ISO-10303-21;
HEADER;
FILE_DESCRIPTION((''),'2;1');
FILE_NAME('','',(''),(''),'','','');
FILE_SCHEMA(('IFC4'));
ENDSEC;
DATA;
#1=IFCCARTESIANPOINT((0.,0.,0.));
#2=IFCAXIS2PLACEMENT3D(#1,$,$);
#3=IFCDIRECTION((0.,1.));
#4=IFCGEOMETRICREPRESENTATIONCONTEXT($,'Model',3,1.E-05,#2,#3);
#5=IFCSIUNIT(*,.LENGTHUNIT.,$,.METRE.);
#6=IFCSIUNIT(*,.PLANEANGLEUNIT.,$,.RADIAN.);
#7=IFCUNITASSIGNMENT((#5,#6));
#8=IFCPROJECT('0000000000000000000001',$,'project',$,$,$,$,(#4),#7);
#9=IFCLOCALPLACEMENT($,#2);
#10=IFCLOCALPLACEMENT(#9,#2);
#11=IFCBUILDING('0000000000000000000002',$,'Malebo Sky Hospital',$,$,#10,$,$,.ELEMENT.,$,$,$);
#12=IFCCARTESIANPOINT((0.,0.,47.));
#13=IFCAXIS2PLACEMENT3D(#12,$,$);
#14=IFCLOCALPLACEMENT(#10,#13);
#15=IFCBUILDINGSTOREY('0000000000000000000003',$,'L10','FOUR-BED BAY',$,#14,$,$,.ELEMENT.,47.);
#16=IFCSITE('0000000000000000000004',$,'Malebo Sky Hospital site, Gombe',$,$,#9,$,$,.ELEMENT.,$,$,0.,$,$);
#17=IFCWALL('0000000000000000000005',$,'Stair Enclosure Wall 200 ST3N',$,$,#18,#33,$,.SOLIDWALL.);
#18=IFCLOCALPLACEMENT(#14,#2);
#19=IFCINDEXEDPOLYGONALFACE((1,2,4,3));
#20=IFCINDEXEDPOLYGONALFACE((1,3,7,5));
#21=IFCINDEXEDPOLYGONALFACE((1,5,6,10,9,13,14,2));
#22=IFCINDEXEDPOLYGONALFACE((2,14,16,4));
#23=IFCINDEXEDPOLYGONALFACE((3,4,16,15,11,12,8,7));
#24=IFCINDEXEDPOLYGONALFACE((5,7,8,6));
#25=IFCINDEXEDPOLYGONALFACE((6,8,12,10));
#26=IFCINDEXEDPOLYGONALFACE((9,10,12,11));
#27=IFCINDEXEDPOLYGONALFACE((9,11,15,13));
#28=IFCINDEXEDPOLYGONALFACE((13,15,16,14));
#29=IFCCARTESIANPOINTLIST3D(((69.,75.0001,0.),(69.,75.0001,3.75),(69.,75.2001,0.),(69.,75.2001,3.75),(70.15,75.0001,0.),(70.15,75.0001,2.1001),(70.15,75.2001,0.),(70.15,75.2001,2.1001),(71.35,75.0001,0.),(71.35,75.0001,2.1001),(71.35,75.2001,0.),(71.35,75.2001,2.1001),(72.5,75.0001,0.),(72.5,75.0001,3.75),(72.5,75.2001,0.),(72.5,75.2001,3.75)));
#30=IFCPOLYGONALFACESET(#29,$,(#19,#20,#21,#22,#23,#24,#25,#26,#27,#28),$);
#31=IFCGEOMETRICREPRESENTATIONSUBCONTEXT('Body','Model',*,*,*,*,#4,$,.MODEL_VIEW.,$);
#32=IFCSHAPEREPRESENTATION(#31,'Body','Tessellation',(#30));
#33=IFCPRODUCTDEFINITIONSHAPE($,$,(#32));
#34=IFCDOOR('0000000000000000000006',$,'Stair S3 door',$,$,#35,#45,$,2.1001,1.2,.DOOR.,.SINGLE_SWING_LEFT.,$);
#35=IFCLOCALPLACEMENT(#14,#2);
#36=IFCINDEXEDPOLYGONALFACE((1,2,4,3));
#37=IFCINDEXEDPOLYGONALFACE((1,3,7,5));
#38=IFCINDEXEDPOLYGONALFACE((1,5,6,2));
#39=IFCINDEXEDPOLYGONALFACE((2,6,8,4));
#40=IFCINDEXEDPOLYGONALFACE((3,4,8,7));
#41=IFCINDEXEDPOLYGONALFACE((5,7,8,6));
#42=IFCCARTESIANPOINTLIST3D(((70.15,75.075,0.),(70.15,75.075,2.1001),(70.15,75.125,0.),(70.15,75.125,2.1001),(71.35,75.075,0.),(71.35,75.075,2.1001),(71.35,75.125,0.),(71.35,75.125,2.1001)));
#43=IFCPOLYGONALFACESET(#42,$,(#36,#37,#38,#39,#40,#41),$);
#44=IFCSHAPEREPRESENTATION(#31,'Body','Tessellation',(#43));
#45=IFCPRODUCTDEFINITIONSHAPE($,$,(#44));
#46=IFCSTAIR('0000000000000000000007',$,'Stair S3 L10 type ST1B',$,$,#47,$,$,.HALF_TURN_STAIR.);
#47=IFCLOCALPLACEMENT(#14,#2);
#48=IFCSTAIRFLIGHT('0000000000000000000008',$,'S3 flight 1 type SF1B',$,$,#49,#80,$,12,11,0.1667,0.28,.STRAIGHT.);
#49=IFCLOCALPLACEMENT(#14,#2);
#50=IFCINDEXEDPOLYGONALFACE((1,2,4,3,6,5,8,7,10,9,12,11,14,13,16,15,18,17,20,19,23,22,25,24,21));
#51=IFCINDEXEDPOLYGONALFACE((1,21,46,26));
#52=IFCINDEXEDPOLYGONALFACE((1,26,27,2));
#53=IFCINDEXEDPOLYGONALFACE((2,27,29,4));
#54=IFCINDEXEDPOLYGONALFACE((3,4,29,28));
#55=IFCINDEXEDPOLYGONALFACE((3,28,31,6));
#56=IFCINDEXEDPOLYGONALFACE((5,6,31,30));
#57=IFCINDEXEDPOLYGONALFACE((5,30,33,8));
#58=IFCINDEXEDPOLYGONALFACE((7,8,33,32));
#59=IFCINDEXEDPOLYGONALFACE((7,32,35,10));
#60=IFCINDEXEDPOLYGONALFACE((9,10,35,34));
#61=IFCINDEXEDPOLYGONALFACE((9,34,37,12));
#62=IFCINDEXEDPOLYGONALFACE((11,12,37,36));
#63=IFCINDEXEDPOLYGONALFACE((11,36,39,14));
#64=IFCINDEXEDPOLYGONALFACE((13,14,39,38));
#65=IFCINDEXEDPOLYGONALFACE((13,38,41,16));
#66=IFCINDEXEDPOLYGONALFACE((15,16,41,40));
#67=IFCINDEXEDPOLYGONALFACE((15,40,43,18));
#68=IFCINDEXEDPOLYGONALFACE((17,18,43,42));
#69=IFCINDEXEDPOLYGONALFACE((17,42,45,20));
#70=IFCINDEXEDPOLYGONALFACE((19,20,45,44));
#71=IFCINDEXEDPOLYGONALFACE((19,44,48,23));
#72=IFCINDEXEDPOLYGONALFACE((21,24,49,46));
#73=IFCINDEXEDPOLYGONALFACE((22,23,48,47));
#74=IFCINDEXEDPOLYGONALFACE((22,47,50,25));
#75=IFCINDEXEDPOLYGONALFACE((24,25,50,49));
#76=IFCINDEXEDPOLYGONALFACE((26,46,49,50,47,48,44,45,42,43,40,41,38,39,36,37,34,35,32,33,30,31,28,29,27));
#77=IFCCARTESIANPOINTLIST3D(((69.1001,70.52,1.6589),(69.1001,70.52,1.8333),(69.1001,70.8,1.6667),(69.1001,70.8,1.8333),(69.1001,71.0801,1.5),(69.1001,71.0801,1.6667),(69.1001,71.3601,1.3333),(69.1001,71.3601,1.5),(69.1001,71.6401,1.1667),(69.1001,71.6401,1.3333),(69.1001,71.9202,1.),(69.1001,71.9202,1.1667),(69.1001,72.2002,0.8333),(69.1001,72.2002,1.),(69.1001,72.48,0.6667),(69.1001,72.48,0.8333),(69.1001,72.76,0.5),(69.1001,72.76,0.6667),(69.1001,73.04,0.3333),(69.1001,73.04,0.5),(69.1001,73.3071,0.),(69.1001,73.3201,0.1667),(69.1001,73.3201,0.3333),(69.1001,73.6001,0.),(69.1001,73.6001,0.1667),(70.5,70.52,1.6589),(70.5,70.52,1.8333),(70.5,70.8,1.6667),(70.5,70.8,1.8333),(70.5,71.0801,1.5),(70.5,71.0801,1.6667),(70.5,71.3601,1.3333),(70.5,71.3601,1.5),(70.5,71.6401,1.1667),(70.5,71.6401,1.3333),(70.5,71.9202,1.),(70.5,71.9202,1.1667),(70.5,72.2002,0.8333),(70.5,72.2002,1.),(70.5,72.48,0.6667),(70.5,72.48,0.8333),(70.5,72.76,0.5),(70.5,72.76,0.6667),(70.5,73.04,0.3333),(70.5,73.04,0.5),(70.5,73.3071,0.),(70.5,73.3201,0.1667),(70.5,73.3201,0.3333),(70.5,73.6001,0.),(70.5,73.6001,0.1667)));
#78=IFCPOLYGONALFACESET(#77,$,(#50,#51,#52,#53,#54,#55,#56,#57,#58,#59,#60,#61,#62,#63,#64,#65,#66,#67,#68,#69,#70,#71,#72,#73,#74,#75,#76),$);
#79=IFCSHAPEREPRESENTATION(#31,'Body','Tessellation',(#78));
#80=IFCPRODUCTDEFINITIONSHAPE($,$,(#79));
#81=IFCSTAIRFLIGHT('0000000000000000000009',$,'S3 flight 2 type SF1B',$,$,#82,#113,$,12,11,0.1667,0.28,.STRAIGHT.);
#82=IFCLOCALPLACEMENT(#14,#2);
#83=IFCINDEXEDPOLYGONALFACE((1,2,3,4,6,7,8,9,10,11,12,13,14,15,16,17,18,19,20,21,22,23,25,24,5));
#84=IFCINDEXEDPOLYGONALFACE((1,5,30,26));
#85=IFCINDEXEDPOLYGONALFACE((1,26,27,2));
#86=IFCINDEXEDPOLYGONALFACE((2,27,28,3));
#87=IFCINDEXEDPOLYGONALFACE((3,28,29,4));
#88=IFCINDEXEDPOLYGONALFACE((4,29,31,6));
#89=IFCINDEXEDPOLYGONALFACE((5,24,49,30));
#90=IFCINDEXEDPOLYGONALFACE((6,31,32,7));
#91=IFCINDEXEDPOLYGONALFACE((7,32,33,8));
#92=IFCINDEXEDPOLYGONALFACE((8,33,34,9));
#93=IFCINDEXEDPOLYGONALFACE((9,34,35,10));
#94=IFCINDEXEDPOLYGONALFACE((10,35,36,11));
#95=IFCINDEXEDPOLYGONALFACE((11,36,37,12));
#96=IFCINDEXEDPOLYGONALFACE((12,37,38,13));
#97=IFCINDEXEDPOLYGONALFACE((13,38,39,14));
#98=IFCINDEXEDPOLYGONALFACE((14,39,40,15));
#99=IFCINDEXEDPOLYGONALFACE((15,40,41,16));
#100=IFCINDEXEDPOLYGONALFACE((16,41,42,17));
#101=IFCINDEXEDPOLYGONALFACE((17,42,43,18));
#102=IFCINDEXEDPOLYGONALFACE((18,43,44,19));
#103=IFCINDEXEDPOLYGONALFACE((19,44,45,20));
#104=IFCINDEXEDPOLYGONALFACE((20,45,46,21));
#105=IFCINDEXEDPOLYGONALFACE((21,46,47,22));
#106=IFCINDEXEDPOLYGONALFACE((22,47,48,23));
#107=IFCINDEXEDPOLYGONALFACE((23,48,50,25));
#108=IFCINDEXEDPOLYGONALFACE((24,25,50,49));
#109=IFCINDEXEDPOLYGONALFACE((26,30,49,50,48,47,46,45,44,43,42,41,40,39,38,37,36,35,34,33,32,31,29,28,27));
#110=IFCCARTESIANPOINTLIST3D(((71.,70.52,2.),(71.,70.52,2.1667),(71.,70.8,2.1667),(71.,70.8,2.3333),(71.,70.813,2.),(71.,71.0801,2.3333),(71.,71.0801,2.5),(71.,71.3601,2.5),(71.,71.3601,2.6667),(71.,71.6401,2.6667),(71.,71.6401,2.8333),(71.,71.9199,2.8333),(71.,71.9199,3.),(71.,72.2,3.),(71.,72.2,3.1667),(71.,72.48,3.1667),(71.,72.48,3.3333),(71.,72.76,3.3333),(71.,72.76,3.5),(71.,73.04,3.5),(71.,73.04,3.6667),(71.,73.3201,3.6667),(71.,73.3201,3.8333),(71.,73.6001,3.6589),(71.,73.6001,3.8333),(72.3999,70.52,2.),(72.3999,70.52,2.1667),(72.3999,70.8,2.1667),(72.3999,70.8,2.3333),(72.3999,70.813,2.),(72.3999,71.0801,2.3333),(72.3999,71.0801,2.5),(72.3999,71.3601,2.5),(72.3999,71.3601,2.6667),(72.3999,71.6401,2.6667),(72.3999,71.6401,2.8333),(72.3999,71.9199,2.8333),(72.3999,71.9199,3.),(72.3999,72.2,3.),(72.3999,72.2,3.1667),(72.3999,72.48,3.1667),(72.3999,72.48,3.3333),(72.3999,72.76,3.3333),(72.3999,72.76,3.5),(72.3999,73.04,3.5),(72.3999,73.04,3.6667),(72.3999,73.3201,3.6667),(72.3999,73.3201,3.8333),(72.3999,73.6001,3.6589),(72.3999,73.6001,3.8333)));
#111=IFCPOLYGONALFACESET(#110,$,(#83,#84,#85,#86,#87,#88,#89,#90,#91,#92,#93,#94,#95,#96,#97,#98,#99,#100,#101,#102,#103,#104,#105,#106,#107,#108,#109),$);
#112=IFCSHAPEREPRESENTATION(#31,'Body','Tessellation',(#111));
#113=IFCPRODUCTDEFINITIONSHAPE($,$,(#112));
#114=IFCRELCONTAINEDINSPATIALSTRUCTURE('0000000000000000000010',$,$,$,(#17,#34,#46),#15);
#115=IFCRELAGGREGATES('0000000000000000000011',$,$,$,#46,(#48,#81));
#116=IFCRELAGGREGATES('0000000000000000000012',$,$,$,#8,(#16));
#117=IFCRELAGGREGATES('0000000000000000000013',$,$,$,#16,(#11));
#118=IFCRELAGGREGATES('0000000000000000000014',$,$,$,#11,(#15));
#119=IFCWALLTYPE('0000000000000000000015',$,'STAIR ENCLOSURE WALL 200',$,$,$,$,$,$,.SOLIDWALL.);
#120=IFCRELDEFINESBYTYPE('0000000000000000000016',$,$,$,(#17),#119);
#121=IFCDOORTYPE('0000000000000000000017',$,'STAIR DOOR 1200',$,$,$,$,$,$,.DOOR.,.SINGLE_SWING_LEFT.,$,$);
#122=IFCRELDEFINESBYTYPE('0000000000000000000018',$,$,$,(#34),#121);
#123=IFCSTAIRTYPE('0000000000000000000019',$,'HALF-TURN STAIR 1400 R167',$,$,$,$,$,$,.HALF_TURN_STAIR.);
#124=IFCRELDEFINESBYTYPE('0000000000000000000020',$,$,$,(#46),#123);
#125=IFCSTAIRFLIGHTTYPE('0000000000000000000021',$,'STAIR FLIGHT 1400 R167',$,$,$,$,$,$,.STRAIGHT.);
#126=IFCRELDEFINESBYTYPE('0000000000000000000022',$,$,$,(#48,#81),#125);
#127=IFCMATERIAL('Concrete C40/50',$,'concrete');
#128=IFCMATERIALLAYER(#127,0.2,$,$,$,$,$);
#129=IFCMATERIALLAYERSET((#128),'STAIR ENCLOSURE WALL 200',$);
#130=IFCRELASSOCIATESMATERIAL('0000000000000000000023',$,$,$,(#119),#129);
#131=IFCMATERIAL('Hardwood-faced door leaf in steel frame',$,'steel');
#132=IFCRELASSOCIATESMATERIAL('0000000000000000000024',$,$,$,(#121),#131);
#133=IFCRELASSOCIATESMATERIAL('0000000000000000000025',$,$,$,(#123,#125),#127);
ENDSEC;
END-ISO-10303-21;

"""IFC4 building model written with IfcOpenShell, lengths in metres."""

from ifc_helpers import new_model, si_unit, direction, frame, frame_2d, origin, place, context, subcontext, project, spatial, polyline, rectangle, outline, extrude, material, layer, layer_set, type_object, element, fill, aggregate, save


model = new_model("IFC4")

# Units and contexts
model_context = context("Model", 3, precision=1e-05, world=origin(), true_north=direction((0.0, 1.0)))
body_context = subcontext(model_context, "Body", "Model", "MODEL_VIEW")
ifc_project = project(units=[si_unit("LENGTHUNIT", "METRE"), si_unit("PLANEANGLEUNIT", "RADIAN")], contexts=[model_context])

# Site, building, storey
site_placement = place(None, origin())
site = spatial("IfcSite", under=ifc_project, at=site_placement, Name="Malebo Sky Hospital site, Gombe", CompositionType="ELEMENT", RefElevation=0.0)
building_placement = place(site_placement, origin())
building = spatial("IfcBuilding", under=site, at=building_placement, Name="Malebo Sky Hospital", CompositionType="ELEMENT")
storey_placement = place(building_placement, frame((0.0, 0.0, 47.0)))
storey = spatial("IfcBuildingStorey", under=building, at=storey_placement, Name="L10", Description="FOUR-BED BAY", CompositionType="ELEMENT", Elevation=47.0)

# Shared definitions
ifc_material_1 = material(Name="Hardwood-faced door leaf in steel frame", Category="steel")

# Shared definitions
ifc_material_2 = material(Name="Concrete C40/50", Category="concrete")
ifc_layer_1 = layer(ifc_material_2, 0.2)
ifc_layer_set_1 = layer_set([ifc_layer_1], Name="STAIR ENCLOSURE WALL 200")
wall_type_1 = type_object("IfcWallType", Name="STAIR ENCLOSURE WALL 200", PredefinedType="SOLIDWALL", material=ifc_layer_set_1)

# Wall, opening, door
wall_1_placement = place(storey_placement, frame((69.0, 75.1001, 0.0), z_axis=(0.0, 0.0, 1.0), x_axis=(1.0, 0.0, 0.0)))
wall_1 = element("IfcWall", 1, at=wall_1_placement, inside=storey, type_object=wall_type_1, Name="Stair Enclosure Wall 200 ST3N", PredefinedType="SOLIDWALL", context=body_context, shape_type="SweptSolid", body=[
    extrude(rectangle(XDim=3.5, YDim=0.2, at=frame_2d((1.75, 0.0))), origin(), (0.0, 0.0, 1.0), 3.75),
])
opening_1_placement = place(wall_1_placement, frame((1.1499, 0.0, 0.0)))
opening_1 = element("IfcOpeningElement", 2, at=opening_1_placement, cuts=wall_1, PredefinedType="OPENING", context=body_context, shape_type="SweptSolid", body=[
    extrude(rectangle(XDim=1.2, YDim=2.1001, at=frame_2d((0.6001, 1.05))), frame((0.0, 0.1099, 0.0), z_axis=(0.0, -1.0, 0.0), x_axis=(1.0, 0.0, 0.0)), (0.0, 0.0, 1.0), 0.22),
])
door_type_1 = type_object("IfcDoorType", Name="STAIR DOOR 1200", OperationType="SINGLE_SWING_LEFT", PredefinedType="DOOR", material=ifc_material_1)
door_1_placement = place(opening_1_placement, origin())
door_1 = element("IfcDoor", 3, at=door_1_placement, inside=storey, type_object=door_type_1, Name="Stair S3 door", OperationType="SINGLE_SWING_LEFT", OverallHeight=2.1001, OverallWidth=1.2, PredefinedType="DOOR", context=body_context, shape_type="SweptSolid", body=[
    extrude(rectangle(XDim=1.2, YDim=2.1001, at=frame_2d((0.6001, 1.05))), frame((0.0, 0.0249, 0.0), z_axis=(0.0, -1.0, 0.0), x_axis=(1.0, 0.0, 0.0)), (0.0, 0.0, 1.0), 0.05),
])
fill(opening_1, door_1)

# Stair, stair flights
stair_type = type_object("IfcStairType", Name="HALF-TURN STAIR 1400 R167", PredefinedType="HALF_TURN_STAIR", material=ifc_material_2)
stair_placement = place(storey_placement, origin())
stair = element("IfcStair", 4, at=stair_placement, inside=storey, type_object=stair_type, Name="Stair S3 L10 type ST1B", PredefinedType="HALF_TURN_STAIR")
stair_flight_type = type_object("IfcStairFlightType", Name="STAIR FLIGHT 1400 R167", PredefinedType="STRAIGHT", material=ifc_material_2)
stair_flight_1_placement = place(storey_placement, frame((69.8, 73.6001, 0.0), z_axis=(0.0, 0.0, 1.0), x_axis=(0.0, -1.0, 0.0)))
stair_flight_1 = element("IfcStairFlight", 5, at=stair_flight_1_placement, type_object=stair_flight_type, Name="S3 flight 1 type SF1B", NumberOfRisers=12, NumberOfTreads=11, PredefinedType="STRAIGHT", RiserHeight=0.1667, TreadLength=0.28, context=body_context, shape_type="SweptSolid", body=[
    extrude(outline(polyline([(0.0, 0.0), (0.0, 0.1667), (0.28, 0.1667), (0.28, 0.3333), (0.5601, 0.3333), (0.5601, 0.5), (0.8401, 0.5), (0.8401, 0.6667), (1.1201, 0.6667), (1.1201, 0.8333), (1.3999, 0.8333), (1.3999, 1.0), (1.6799, 1.0), (1.6799, 1.1667), (1.96, 1.1667), (1.96, 1.3333), (2.24, 1.3333), (2.24, 1.5), (2.52, 1.5), (2.52, 1.6667), (2.8, 1.6667), (2.8, 1.8333), (3.0801, 1.8333), (3.0801, 2.0), (3.0801, 1.6589), (0.293, 0.0), (0.0, 0.0)])), frame((0.0, 0.7, 0.0), z_axis=(0.0, -1.0, 0.0), x_axis=(1.0, 0.0, 0.0)), (0.0, 0.0, 1.0), 1.3999),
])
stair_flight_2_placement = place(storey_placement, frame((71.7, 70.52, 2.0), z_axis=(0.0, 0.0, 1.0), x_axis=(0.0, 1.0, 0.0)))
stair_flight_2 = element("IfcStairFlight", 6, at=stair_flight_2_placement, type_object=stair_flight_type, Name="S3 flight 2 type SF1B", NumberOfRisers=12, NumberOfTreads=11, PredefinedType="STRAIGHT", RiserHeight=0.1667, TreadLength=0.28, context=body_context, shape_type="SweptSolid", body=[
    extrude(outline(polyline([(0.0, 0.0), (0.0, 0.1667), (0.28, 0.1667), (0.28, 0.3333), (0.5601, 0.3333), (0.5601, 0.5), (0.8401, 0.5), (0.8401, 0.6667), (1.1201, 0.6667), (1.1201, 0.8333), (1.3999, 0.8333), (1.3999, 1.0), (1.6799, 1.0), (1.6799, 1.1667), (1.96, 1.1667), (1.96, 1.3333), (2.24, 1.3333), (2.24, 1.5), (2.52, 1.5), (2.52, 1.6667), (2.8, 1.6667), (2.8, 1.8333), (3.0801, 1.8333), (3.0801, 2.0), (3.0801, 1.6589), (0.293, 0.0), (0.0, 0.0)])), frame((0.0, 0.7, 0.0), z_axis=(0.0, -1.0, 0.0), x_axis=(1.0, 0.0, 0.0)), (0.0, 0.0, 1.0), 1.3999),
])
aggregate(stair, [stair_flight_1, stair_flight_2])

save(model, "model.ifc")
